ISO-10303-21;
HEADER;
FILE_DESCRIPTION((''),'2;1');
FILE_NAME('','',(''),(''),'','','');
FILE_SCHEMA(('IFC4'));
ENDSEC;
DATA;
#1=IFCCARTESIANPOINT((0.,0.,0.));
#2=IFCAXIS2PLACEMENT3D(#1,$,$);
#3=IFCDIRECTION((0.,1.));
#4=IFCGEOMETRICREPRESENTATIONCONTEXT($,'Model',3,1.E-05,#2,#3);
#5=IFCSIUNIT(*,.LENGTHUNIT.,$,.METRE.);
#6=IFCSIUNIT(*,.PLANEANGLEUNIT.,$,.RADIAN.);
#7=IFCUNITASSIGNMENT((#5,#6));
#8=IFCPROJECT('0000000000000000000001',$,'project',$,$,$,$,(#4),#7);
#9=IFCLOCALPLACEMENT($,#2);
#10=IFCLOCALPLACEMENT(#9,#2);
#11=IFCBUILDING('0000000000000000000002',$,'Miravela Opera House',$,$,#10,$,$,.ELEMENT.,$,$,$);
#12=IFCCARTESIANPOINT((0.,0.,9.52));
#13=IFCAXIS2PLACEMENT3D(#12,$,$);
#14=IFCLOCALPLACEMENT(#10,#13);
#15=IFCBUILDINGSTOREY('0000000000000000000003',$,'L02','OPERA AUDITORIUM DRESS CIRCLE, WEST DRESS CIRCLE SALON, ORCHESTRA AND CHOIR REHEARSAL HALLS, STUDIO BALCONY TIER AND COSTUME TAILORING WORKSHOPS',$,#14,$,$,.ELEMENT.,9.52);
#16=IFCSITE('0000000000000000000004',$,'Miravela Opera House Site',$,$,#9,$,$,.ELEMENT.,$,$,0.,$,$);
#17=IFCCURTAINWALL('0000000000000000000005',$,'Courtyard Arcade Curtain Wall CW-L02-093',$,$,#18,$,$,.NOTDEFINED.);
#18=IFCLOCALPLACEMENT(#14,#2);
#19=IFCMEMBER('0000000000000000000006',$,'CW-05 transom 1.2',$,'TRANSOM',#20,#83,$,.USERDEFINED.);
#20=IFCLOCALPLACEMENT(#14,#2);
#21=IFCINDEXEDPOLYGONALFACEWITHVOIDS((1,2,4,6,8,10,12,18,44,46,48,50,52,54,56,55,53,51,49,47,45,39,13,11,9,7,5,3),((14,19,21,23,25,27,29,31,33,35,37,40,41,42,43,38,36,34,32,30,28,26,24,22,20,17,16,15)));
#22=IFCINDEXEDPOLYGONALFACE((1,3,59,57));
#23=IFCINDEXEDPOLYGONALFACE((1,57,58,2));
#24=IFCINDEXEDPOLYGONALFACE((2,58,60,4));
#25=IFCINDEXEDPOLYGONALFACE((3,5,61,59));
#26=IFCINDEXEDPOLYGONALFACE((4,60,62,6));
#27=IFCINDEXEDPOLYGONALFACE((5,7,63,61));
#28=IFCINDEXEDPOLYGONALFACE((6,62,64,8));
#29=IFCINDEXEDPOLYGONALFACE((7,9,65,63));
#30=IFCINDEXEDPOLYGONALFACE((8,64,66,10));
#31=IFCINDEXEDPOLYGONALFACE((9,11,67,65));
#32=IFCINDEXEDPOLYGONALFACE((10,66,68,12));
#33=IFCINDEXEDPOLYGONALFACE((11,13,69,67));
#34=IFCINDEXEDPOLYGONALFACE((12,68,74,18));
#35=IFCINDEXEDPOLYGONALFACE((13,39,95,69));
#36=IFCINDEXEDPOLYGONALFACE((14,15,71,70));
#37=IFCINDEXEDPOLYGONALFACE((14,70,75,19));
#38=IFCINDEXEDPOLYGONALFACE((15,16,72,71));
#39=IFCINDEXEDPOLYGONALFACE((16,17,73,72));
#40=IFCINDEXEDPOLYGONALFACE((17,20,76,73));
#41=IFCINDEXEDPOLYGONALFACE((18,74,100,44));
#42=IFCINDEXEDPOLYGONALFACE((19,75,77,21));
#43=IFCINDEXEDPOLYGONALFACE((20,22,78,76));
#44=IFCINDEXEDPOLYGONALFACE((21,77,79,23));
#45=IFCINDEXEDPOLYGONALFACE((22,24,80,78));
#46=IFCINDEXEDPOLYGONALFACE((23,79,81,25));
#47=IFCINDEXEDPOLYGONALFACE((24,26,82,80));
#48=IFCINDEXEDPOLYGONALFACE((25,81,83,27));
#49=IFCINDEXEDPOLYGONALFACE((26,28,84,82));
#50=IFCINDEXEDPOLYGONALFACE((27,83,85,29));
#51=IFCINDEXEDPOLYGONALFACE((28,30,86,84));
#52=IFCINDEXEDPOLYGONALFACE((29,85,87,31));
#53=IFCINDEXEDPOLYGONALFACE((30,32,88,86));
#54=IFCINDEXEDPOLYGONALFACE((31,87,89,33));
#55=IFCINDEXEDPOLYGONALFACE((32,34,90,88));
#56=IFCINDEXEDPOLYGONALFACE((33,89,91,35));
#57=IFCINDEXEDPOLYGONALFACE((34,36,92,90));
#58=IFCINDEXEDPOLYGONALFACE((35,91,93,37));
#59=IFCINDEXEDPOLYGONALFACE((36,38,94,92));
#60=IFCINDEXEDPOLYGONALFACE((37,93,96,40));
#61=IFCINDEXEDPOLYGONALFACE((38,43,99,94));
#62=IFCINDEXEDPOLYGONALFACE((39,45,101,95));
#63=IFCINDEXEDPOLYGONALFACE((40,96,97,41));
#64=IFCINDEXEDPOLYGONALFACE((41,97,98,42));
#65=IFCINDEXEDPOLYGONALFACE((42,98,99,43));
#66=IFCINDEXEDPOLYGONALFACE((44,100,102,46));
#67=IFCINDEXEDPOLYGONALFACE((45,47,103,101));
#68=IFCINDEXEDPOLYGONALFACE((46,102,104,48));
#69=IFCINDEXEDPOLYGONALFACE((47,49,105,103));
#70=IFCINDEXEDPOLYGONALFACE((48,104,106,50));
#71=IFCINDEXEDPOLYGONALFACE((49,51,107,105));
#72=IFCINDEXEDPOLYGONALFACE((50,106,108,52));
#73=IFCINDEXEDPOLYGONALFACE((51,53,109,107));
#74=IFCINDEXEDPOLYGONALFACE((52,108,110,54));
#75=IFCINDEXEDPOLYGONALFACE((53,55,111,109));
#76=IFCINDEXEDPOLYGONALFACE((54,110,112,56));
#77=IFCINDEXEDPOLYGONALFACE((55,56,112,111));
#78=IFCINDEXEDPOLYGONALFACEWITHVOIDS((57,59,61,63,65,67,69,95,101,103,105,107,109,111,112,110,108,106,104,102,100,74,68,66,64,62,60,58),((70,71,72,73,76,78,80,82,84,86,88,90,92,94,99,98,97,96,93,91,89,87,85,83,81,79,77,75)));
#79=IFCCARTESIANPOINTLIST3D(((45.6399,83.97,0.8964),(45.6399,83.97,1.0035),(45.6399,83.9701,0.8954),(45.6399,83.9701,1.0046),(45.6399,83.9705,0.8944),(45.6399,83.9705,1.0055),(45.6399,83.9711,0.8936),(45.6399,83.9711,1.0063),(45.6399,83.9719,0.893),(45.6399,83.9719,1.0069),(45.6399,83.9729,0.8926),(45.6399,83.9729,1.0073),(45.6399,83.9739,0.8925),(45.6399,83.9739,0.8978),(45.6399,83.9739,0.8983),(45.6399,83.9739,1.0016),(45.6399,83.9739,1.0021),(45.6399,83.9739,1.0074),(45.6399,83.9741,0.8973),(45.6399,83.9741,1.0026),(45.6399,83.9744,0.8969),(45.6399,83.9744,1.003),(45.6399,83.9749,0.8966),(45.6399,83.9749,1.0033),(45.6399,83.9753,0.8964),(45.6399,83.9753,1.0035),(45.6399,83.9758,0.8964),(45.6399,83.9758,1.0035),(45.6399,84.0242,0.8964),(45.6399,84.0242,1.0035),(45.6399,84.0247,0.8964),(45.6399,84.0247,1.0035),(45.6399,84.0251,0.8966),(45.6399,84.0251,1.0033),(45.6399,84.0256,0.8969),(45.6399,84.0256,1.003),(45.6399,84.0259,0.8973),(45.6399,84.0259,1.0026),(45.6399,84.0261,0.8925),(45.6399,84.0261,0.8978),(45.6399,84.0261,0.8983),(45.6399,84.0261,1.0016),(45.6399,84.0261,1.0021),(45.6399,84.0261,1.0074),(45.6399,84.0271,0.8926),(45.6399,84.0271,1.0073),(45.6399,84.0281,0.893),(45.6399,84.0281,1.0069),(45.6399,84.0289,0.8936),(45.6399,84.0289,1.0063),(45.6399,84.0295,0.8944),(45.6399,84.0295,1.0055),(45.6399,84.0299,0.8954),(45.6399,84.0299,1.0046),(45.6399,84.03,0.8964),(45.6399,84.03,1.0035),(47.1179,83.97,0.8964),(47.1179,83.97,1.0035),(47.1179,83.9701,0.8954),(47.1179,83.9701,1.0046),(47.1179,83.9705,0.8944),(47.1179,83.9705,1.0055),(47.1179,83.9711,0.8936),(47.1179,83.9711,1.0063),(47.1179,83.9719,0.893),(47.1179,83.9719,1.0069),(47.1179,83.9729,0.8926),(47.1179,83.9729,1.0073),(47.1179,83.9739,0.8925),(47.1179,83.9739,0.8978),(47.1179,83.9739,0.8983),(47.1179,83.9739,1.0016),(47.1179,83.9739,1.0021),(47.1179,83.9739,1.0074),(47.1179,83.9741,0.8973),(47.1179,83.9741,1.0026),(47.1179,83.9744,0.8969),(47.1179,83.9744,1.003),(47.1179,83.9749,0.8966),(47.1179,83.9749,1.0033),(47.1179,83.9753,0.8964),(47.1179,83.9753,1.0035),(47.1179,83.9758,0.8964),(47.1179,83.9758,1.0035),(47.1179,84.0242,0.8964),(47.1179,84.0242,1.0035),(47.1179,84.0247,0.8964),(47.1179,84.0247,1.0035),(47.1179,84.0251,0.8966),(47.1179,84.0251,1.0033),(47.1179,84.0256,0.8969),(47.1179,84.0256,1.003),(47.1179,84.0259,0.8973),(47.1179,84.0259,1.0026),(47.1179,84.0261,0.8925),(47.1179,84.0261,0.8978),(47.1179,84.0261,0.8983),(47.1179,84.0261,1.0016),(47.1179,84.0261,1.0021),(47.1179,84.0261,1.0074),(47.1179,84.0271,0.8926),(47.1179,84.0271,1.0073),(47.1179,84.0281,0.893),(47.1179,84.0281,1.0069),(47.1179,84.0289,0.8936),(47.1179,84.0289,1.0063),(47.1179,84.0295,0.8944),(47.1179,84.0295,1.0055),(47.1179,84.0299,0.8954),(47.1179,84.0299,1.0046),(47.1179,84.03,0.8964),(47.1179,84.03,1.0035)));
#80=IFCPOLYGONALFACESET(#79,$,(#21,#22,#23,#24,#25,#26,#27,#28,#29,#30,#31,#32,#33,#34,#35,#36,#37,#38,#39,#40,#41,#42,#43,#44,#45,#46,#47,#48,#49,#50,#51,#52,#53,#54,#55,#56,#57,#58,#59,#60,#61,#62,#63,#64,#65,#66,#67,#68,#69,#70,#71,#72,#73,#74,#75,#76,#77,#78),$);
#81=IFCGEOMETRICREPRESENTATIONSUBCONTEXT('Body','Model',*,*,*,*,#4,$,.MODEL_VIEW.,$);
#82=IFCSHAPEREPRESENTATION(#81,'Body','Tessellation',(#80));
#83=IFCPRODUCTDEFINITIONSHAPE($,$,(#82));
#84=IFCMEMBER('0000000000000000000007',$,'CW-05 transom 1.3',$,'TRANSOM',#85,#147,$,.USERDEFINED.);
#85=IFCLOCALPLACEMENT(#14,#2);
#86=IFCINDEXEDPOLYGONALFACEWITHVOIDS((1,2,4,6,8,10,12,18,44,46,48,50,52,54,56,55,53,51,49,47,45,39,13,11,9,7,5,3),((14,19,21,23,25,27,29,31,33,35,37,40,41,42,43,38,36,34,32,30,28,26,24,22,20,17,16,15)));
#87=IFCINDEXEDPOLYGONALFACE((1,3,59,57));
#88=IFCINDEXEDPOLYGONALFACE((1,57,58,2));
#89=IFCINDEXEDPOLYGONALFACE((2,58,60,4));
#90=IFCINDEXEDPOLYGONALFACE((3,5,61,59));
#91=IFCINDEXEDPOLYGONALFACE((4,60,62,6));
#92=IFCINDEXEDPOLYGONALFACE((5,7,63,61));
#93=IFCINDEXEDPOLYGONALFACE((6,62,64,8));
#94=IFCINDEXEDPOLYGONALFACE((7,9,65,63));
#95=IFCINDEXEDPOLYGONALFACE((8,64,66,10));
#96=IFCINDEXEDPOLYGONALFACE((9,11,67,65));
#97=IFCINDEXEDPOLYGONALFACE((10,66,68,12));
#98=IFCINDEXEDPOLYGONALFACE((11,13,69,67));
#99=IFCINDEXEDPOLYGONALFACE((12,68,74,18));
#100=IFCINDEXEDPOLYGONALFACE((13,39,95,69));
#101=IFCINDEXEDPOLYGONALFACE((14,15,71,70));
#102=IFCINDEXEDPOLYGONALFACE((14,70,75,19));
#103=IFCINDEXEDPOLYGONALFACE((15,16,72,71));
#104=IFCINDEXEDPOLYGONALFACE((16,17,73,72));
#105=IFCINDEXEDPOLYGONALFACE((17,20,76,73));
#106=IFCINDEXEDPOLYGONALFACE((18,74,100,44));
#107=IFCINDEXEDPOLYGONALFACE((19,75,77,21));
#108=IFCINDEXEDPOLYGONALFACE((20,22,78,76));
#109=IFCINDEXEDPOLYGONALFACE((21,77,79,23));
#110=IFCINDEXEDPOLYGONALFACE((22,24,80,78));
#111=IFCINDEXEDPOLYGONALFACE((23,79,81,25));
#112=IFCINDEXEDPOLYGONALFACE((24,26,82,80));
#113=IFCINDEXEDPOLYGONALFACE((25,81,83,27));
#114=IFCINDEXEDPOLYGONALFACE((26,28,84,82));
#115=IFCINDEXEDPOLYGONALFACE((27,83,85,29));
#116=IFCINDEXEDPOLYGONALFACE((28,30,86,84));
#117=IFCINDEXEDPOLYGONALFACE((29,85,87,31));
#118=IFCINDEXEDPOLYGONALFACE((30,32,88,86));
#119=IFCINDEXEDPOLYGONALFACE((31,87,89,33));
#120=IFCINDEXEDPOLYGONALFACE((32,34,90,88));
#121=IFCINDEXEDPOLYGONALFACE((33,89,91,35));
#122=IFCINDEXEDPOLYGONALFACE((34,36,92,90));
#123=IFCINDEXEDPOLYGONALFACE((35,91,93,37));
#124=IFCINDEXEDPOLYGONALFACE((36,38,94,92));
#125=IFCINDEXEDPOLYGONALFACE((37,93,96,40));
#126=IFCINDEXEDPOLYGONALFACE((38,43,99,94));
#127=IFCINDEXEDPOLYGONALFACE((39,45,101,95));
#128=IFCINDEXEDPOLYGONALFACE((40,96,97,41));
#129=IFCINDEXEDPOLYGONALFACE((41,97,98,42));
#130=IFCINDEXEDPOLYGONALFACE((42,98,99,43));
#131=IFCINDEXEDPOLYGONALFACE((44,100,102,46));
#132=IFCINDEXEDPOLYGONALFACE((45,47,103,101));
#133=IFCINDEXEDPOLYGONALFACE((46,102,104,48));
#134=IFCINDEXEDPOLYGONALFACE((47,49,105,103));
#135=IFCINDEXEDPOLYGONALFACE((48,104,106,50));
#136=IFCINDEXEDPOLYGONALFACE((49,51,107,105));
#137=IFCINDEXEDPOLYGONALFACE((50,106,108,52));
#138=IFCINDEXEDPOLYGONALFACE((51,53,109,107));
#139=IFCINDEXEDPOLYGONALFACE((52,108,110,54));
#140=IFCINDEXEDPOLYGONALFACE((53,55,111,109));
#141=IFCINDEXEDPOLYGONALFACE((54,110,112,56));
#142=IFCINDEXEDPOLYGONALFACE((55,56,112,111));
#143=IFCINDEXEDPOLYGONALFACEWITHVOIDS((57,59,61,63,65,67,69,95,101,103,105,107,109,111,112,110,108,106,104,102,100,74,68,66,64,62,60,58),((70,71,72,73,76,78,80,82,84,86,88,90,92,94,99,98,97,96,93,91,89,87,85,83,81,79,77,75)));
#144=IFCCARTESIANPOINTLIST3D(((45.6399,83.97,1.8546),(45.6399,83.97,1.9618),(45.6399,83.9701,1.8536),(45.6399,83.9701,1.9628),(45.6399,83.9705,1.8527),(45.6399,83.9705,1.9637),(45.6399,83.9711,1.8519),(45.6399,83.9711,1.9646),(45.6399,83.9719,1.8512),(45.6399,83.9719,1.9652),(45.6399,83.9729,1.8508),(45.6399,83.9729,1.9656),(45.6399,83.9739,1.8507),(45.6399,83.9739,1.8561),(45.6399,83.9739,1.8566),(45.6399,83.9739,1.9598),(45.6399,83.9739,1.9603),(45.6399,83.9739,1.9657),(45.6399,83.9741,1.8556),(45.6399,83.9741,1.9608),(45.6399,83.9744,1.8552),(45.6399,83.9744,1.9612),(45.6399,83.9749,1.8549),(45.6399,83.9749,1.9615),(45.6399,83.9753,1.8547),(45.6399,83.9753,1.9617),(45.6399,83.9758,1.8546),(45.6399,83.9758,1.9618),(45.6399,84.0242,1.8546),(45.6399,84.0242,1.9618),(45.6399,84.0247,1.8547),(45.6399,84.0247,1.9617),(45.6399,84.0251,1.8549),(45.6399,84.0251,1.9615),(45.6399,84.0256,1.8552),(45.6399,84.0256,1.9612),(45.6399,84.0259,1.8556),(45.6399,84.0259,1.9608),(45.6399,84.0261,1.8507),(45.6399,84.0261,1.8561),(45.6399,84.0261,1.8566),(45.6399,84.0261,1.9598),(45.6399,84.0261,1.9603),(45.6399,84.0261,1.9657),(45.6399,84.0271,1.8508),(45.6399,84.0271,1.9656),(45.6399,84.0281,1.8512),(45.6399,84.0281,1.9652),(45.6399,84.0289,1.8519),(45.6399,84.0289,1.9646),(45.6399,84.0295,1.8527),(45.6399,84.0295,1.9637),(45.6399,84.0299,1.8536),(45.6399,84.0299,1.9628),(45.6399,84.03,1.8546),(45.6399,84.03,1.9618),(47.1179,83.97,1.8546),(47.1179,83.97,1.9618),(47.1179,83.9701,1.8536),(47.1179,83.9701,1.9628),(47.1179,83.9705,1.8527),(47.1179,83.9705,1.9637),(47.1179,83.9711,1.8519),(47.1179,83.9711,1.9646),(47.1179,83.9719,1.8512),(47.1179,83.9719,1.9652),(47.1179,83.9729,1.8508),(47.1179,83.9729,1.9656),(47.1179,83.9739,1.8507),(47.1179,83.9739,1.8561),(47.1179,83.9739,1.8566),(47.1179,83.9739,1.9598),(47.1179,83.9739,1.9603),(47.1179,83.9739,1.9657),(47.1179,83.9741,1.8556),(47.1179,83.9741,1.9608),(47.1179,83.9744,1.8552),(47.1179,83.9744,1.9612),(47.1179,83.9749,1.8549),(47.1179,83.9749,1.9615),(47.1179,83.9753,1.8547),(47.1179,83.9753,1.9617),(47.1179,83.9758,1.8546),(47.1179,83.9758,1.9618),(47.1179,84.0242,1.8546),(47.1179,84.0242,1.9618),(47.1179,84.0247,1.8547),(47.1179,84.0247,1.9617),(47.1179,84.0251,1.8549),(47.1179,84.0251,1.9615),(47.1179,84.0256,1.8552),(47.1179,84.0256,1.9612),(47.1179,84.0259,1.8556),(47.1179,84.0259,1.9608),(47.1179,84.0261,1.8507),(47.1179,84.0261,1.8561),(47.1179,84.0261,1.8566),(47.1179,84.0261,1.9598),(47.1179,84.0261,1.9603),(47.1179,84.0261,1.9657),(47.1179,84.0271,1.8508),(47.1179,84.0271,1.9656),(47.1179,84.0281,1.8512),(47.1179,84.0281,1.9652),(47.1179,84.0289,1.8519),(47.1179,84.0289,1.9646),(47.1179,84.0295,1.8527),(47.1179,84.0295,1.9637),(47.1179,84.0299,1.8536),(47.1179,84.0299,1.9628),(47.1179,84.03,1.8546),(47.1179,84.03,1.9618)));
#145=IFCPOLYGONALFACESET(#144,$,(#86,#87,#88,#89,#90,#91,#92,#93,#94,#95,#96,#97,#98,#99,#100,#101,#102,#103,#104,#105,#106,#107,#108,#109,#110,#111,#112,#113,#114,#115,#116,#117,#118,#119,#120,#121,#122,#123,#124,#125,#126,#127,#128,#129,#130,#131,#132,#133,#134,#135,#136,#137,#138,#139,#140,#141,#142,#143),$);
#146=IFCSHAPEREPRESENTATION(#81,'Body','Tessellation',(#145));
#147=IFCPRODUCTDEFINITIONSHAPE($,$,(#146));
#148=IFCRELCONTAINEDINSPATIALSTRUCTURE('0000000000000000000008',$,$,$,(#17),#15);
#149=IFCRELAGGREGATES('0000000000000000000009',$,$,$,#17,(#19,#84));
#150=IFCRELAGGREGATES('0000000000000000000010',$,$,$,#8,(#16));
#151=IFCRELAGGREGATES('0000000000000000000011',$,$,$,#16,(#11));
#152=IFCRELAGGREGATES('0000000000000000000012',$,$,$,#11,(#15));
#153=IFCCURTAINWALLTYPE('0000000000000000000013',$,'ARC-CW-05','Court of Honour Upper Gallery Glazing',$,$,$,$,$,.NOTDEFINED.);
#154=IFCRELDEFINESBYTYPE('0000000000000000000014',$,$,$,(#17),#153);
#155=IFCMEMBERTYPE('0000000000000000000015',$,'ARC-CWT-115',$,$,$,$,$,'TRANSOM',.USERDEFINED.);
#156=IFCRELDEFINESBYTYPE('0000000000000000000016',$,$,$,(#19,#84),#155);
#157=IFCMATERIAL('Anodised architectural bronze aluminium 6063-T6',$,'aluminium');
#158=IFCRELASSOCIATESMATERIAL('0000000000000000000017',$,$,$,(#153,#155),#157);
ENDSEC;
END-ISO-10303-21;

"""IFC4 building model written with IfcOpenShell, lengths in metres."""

from ifc_helpers import new_model, si_unit, direction, frame, origin, origin_2d, place, context, subcontext, project, spatial, hollow_rectangle, extrude, material, material_profile, profile_set, type_object, element, aggregate, save


model = new_model("IFC4")

# Units and contexts
model_context = context("Model", 3, precision=1e-05, world=origin(), true_north=direction((0.0, 1.0)))
body_context = subcontext(model_context, "Body", "Model", "MODEL_VIEW")
ifc_project = project(units=[si_unit("LENGTHUNIT", "METRE"), si_unit("PLANEANGLEUNIT", "RADIAN")], contexts=[model_context])

# Site, building, storey
site_placement = place(None, origin())
site = spatial("IfcSite", under=ifc_project, at=site_placement, Name="Miravela Opera House Site", CompositionType="ELEMENT", RefElevation=0.0)
building_placement = place(site_placement, origin())
building = spatial("IfcBuilding", under=site, at=building_placement, Name="Miravela Opera House", CompositionType="ELEMENT")
storey_placement = place(building_placement, frame((0.0, 0.0, 9.52)))
storey = spatial("IfcBuildingStorey", under=building, at=storey_placement, Name="L02", Description="OPERA AUDITORIUM DRESS CIRCLE, WEST DRESS CIRCLE SALON, ORCHESTRA AND CHOIR REHEARSAL HALLS, STUDIO BALCONY TIER AND COSTUME TAILORING WORKSHOPS", CompositionType="ELEMENT", Elevation=9.52)

# Shared definitions
ifc_material_1 = material(Name="Anodised architectural bronze aluminium 6063-T6", Category="aluminium")
curtain_wall_type = type_object("IfcCurtainWallType", Name="ARC-CW-05", Description="Court of Honour Upper Gallery Glazing", PredefinedType="NOTDEFINED", material=ifc_material_1)

# Curtain wall, members
curtain_wall_1_placement = place(storey_placement, origin())
curtain_wall_1 = element("IfcCurtainWall", 1, at=curtain_wall_1_placement, inside=storey, type_object=curtain_wall_type, Name="Courtyard Arcade Curtain Wall CW-L02-093", PredefinedType="NOTDEFINED")
ifc_material_profile_1 = material_profile(ifc_material_1, hollow_rectangle(XDim=0.0601, YDim=0.115, WallThickness=0.0039, InnerFilletRadius=0.002, OuterFilletRadius=0.0039, at=origin_2d()), Name="CWT-60X115")
ifc_profile_set_1 = profile_set([ifc_material_profile_1])
member_type_1 = type_object("IfcMemberType", Name="ARC-CWT-115", ElementType="TRANSOM", PredefinedType="USERDEFINED", material=ifc_profile_set_1)
member_1_placement = place(storey_placement, frame((45.6399, 84.0, 0.95), z_axis=(1.0, 0.0, 0.0), x_axis=(0.0, 1.0, 0.0)))
member_1 = element("IfcMember", 2, at=member_1_placement, type_object=member_type_1, Name="CW-05 transom 1.2", ObjectType="TRANSOM", PredefinedType="USERDEFINED", context=body_context, shape_type="SweptSolid", body=[
    extrude(hollow_rectangle(XDim=0.0601, YDim=0.115, WallThickness=0.0039, InnerFilletRadius=0.002, OuterFilletRadius=0.0039, at=origin_2d()), origin(), (0.0, 0.0, 1.0), 1.478),
])
member_2_placement = place(storey_placement, frame((45.6399, 84.0, 1.9082), z_axis=(1.0, 0.0, 0.0), x_axis=(0.0, 1.0, 0.0)))
member_2 = element("IfcMember", 3, at=member_2_placement, type_object=member_type_1, Name="CW-05 transom 1.3", ObjectType="TRANSOM", PredefinedType="USERDEFINED", context=body_context, shape_type="SweptSolid", body=[
    extrude(hollow_rectangle(XDim=0.0601, YDim=0.115, WallThickness=0.0039, InnerFilletRadius=0.002, OuterFilletRadius=0.0039, at=origin_2d()), origin(), (0.0, 0.0, 1.0), 1.478),
])

aggregate(curtain_wall_1, [member_1, member_2])

save(model, "model.ifc")
